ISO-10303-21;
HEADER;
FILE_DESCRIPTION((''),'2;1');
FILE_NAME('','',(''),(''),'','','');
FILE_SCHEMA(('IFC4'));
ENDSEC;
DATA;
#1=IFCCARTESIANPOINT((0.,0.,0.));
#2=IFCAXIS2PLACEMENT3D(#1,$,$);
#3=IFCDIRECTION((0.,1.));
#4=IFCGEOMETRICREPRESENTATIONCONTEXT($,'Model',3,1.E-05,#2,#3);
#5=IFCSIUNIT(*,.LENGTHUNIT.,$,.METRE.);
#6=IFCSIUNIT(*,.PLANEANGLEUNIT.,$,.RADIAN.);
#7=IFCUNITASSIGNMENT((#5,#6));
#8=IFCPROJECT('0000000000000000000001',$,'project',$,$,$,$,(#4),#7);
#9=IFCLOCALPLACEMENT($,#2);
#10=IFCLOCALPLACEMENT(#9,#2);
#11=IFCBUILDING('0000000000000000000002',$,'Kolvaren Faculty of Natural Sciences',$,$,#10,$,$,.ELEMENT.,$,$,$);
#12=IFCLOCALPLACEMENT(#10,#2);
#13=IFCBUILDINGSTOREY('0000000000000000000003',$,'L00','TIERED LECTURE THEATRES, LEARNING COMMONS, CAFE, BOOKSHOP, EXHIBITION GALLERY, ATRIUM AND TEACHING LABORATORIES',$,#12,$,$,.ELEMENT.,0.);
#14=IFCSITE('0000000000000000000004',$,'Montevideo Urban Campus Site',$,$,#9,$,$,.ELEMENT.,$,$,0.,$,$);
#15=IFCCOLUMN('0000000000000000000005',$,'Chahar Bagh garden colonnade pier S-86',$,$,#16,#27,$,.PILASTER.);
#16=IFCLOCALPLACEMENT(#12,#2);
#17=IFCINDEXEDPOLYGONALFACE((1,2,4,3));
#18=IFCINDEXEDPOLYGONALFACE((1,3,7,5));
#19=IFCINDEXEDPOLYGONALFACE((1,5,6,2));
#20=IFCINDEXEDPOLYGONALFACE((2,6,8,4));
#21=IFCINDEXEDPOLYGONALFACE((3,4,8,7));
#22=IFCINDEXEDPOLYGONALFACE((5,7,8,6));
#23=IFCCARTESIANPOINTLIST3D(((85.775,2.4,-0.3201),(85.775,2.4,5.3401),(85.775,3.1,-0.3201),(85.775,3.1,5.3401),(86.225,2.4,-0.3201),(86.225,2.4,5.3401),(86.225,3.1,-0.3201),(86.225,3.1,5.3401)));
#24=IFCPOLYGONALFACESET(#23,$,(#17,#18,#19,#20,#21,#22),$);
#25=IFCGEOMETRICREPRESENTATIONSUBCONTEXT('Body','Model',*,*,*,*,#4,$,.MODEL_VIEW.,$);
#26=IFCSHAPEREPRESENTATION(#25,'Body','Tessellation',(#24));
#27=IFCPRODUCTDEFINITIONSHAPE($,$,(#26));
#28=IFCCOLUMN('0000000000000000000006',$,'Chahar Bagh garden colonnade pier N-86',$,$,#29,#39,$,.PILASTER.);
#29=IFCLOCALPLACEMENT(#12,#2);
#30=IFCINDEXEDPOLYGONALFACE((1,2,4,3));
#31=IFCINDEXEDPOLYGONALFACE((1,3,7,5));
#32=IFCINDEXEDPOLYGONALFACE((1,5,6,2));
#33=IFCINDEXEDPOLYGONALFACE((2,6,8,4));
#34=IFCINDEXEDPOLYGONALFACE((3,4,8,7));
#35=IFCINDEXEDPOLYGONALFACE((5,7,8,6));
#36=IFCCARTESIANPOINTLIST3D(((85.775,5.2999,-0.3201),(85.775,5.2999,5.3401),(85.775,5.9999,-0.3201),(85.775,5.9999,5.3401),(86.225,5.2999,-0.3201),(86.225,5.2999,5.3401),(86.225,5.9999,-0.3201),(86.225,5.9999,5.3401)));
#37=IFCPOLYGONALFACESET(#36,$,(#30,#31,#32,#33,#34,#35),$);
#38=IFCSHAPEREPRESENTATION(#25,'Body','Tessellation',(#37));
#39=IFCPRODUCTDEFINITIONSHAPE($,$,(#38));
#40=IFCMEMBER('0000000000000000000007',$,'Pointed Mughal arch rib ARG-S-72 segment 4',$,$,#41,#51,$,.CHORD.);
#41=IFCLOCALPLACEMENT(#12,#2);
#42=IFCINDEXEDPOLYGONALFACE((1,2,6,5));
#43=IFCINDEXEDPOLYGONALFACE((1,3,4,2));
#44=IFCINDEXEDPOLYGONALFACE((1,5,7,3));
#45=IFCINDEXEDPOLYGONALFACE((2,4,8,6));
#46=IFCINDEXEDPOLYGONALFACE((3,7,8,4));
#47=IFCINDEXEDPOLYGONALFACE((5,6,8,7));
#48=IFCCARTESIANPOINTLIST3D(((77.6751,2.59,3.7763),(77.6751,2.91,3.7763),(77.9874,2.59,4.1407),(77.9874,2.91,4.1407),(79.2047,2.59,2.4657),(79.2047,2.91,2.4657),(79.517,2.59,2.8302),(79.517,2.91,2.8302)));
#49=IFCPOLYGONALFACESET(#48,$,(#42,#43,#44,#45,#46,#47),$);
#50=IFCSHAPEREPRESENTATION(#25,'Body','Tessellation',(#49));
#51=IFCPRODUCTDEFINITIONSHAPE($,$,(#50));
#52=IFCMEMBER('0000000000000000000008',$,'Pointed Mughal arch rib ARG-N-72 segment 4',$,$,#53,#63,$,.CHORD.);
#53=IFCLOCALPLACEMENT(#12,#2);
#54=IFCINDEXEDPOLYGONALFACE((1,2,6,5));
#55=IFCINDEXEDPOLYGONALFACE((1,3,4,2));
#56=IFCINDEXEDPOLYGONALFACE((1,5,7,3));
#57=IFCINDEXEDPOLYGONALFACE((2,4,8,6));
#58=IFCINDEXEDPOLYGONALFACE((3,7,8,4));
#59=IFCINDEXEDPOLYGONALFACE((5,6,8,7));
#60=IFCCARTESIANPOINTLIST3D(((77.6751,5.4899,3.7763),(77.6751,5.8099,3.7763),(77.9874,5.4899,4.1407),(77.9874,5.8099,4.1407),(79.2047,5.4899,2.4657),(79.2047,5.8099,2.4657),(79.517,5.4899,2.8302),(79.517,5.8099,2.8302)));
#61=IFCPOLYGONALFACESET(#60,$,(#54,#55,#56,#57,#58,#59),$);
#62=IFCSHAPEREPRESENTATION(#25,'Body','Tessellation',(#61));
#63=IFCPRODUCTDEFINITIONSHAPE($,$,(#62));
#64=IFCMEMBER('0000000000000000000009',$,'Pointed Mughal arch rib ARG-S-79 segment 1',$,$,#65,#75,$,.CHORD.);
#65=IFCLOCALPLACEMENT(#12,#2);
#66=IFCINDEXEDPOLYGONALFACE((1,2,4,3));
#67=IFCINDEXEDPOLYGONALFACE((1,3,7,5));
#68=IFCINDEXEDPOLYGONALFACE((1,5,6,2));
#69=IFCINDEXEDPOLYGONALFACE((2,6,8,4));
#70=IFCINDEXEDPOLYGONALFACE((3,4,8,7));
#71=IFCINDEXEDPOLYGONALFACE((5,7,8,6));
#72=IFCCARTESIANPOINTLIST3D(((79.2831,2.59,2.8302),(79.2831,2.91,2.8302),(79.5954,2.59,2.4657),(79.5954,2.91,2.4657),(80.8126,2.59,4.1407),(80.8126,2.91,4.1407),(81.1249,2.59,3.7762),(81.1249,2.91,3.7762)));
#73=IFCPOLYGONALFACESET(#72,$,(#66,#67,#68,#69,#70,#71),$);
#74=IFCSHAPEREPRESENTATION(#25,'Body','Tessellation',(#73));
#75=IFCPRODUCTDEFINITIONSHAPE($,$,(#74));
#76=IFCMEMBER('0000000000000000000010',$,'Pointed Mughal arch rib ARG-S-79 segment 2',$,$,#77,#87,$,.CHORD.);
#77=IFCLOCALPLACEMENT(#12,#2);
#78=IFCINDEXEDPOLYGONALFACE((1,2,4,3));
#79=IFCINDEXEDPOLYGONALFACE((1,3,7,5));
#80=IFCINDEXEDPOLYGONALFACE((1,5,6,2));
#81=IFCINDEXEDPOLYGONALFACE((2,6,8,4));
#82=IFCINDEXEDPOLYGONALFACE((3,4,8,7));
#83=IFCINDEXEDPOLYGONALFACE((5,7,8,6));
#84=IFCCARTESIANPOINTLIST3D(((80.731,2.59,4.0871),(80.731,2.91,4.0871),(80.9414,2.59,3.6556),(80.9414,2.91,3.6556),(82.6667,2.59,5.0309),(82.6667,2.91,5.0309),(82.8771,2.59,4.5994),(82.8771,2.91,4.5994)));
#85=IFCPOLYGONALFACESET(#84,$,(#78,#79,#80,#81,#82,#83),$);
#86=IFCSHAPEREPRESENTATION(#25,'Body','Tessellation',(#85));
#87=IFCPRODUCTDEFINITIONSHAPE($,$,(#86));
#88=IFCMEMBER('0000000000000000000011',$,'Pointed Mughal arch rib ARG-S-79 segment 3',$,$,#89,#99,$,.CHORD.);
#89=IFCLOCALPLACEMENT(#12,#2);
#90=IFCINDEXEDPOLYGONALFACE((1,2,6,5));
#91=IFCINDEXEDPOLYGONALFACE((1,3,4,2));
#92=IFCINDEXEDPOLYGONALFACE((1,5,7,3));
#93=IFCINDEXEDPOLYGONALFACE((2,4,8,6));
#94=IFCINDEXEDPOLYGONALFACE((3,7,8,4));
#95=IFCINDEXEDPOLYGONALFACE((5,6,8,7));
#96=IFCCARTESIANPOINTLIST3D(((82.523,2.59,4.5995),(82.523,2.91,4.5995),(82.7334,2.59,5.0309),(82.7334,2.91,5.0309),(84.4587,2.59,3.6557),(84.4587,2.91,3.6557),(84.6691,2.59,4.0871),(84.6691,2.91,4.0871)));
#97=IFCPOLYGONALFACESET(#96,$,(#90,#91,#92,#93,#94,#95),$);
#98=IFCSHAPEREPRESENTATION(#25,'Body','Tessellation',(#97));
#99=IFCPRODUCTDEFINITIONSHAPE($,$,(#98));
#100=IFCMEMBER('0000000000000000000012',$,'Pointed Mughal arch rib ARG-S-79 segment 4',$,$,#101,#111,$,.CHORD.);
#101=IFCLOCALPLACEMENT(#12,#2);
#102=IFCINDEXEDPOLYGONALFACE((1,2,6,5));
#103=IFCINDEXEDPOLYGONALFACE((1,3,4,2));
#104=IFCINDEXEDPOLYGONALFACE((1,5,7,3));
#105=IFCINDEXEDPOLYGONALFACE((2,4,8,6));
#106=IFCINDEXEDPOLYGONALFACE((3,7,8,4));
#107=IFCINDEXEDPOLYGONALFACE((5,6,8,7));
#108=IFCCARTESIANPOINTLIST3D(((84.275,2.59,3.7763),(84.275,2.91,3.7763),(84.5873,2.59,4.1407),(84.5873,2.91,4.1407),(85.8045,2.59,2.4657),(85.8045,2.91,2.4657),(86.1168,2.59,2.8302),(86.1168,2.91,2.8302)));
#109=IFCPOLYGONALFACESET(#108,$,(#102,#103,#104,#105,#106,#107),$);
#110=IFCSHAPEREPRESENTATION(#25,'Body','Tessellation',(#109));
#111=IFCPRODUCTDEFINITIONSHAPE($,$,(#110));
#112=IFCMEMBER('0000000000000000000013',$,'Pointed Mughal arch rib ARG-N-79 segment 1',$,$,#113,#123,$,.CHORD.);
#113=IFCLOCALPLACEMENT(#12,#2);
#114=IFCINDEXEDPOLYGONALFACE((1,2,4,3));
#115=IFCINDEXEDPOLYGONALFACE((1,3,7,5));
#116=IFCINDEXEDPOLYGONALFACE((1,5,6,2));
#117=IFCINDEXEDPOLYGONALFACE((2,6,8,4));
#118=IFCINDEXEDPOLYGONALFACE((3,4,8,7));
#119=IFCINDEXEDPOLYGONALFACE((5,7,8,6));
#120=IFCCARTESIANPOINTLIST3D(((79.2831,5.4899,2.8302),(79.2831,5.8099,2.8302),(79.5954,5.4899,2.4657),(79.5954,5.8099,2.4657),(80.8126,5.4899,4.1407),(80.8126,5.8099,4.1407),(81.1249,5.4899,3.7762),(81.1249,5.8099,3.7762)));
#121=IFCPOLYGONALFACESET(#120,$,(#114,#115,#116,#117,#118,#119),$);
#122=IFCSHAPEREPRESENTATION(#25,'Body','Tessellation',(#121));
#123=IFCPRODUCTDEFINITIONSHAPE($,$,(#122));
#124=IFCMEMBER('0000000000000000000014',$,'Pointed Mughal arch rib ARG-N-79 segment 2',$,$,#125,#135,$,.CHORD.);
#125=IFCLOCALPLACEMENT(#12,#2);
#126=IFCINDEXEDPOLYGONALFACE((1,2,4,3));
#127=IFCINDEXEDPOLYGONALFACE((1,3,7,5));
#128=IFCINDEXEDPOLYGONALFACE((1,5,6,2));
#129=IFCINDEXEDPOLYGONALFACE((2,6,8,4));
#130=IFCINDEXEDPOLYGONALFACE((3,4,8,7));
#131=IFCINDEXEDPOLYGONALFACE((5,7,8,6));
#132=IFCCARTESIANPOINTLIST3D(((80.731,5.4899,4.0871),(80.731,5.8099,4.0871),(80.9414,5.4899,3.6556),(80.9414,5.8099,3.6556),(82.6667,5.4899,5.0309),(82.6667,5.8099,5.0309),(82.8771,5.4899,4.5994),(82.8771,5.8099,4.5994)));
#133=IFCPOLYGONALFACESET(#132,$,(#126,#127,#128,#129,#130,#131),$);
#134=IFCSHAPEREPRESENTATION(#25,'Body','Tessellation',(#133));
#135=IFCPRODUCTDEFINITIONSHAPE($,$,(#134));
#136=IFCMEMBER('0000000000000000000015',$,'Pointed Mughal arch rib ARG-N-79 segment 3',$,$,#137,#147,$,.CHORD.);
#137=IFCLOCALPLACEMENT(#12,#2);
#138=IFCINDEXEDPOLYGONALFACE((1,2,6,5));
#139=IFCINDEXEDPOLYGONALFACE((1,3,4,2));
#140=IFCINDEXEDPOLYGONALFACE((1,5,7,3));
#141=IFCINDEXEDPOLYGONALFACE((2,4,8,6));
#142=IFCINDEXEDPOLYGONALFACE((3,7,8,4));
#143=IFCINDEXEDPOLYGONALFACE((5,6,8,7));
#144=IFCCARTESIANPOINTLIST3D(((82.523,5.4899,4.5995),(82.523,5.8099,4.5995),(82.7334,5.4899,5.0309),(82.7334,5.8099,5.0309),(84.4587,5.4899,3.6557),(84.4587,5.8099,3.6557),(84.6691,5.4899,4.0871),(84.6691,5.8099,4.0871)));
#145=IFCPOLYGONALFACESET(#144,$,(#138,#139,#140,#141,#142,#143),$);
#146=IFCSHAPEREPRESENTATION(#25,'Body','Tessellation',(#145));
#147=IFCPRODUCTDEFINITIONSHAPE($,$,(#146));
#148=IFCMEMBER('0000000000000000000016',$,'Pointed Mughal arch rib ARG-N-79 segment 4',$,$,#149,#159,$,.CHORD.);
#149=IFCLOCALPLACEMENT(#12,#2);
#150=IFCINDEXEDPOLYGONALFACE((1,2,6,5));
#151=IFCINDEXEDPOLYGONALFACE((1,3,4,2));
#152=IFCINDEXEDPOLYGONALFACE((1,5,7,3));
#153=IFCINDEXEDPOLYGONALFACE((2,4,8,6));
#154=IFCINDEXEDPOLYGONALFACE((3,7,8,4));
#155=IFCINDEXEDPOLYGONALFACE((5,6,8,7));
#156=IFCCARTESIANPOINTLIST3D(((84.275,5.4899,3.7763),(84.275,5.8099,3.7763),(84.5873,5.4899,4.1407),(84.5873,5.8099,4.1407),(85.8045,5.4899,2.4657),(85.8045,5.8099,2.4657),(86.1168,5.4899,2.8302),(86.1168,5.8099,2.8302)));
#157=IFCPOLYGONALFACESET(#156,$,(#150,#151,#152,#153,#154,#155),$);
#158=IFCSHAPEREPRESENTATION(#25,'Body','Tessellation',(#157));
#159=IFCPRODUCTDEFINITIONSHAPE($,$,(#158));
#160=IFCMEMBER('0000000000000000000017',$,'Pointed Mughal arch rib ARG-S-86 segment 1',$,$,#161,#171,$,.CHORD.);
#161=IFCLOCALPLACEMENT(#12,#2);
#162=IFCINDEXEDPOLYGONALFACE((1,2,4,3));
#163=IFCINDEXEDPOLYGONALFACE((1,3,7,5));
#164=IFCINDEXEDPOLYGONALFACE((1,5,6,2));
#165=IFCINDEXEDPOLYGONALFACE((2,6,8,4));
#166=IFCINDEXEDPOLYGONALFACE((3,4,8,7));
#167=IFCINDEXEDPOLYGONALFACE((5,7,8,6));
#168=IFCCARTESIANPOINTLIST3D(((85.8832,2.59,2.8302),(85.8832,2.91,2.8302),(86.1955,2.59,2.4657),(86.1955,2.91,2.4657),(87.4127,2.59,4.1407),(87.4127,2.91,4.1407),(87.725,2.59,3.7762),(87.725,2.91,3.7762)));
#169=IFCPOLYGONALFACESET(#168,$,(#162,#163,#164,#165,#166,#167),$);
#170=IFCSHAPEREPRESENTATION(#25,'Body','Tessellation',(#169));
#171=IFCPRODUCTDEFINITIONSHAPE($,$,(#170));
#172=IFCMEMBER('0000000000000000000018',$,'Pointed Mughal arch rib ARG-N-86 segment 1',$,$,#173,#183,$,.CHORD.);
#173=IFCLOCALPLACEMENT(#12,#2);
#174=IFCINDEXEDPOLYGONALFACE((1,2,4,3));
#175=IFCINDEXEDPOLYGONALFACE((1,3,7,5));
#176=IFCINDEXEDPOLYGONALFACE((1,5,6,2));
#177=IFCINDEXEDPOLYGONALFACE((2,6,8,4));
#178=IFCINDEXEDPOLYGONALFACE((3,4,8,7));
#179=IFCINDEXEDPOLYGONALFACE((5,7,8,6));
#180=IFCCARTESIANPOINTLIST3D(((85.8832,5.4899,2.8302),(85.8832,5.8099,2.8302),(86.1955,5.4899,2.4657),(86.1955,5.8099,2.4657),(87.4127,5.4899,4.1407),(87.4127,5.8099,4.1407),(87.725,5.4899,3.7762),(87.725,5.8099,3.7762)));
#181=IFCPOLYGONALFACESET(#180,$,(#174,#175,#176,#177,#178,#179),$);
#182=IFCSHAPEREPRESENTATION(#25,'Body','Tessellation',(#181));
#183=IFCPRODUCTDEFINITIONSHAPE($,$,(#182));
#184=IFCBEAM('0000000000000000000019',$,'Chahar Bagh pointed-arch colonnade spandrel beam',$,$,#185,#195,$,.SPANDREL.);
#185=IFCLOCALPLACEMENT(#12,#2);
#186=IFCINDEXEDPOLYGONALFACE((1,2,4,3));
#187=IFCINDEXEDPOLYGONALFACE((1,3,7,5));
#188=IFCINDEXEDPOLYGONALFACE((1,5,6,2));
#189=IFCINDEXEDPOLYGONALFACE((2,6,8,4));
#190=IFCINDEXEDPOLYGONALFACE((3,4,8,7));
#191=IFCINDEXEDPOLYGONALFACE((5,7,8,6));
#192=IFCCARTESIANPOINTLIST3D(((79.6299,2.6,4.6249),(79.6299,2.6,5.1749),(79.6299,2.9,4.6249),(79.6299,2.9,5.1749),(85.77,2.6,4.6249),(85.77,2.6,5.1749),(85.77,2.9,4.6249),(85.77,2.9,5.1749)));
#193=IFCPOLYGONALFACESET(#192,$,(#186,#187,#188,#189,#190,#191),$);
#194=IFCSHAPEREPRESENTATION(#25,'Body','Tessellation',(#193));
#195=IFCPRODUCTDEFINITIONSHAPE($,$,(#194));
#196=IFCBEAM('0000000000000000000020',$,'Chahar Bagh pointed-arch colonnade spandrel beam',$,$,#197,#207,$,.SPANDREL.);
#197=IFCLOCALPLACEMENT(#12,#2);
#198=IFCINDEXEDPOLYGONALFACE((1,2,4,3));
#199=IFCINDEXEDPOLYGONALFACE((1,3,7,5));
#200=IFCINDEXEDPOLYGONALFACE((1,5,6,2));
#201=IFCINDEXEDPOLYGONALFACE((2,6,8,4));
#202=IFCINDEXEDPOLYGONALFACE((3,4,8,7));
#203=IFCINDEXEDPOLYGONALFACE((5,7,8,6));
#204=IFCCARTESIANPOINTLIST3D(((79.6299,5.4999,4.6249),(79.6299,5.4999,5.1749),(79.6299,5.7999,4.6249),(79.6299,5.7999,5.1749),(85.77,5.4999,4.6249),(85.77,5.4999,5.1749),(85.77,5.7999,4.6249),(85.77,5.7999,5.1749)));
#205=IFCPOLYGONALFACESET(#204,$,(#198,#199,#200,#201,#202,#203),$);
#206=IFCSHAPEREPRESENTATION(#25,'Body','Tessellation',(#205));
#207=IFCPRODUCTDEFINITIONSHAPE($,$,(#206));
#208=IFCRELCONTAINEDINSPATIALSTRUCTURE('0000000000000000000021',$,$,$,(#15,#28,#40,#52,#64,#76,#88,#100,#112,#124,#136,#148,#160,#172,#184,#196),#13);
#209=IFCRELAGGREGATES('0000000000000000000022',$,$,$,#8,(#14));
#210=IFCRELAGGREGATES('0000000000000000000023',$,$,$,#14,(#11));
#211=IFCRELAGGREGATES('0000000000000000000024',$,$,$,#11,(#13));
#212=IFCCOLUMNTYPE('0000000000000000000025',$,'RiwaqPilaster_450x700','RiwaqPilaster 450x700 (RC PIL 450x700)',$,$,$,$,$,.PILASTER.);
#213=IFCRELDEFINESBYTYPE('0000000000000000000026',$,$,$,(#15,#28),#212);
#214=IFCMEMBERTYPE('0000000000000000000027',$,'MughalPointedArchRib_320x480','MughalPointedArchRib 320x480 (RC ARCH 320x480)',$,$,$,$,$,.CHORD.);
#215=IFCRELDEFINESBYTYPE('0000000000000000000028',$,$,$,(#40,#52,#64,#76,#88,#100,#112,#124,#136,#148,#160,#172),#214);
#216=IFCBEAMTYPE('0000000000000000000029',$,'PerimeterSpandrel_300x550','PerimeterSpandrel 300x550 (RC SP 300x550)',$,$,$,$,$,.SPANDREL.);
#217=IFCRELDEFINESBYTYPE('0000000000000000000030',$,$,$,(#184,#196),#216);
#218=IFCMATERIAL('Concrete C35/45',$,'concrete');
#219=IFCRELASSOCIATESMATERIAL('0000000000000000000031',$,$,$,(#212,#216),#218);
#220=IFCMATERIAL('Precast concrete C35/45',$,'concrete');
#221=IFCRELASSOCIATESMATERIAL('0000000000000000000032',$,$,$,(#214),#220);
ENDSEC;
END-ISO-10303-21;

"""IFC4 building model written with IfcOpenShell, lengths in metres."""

from ifc_helpers import new_model, si_unit, direction, frame, origin, origin_2d, place, context, subcontext, project, spatial, rectangle, extrude, material, material_profile, profile_set, type_object, element, save


model = new_model("IFC4")

# Units and contexts
model_context = context("Model", 3, precision=1e-05, world=origin(), true_north=direction((0.0, 1.0)))
body_context = subcontext(model_context, "Body", "Model", "MODEL_VIEW")
ifc_project = project(units=[si_unit("LENGTHUNIT", "METRE"), si_unit("PLANEANGLEUNIT", "RADIAN")], contexts=[model_context])

# Site, building, storey
site_placement = place(None, origin())
site = spatial("IfcSite", under=ifc_project, at=site_placement, Name="Montevideo Urban Campus Site", CompositionType="ELEMENT", RefElevation=0.0)
building_placement = place(site_placement, origin())
building = spatial("IfcBuilding", under=site, at=building_placement, Name="Kolvaren Faculty of Natural Sciences", CompositionType="ELEMENT")
storey_placement = place(building_placement, origin())
storey = spatial("IfcBuildingStorey", under=building, at=storey_placement, Name="L00", Description="TIERED LECTURE THEATRES, LEARNING COMMONS, CAFE, BOOKSHOP, EXHIBITION GALLERY, ATRIUM AND TEACHING LABORATORIES", CompositionType="ELEMENT", Elevation=0.0)

# Shared definitions
ifc_material_1 = material(Name="Concrete C35/45", Category="concrete")

# Columns
ifc_material_profile_1 = material_profile(ifc_material_1, rectangle(XDim=0.45, YDim=0.7, at=origin_2d()), Name="RC PIL 450x700")
ifc_profile_set_1 = profile_set([ifc_material_profile_1], Name="Concrete C35/45")
column_type = type_object("IfcColumnType", Name="RiwaqPilaster_450x700", Description="RiwaqPilaster 450x700 (RC PIL 450x700)", PredefinedType="PILASTER", material=ifc_profile_set_1)
for number, where, z_axis, x_axis, name in (
    (1, (86.0, 2.75, -0.3201), (0.0, 0.0, 1.0), (1.0, 0.0, 0.0), "Chahar Bagh garden colonnade pier S-86"),
    (2, (86.0, 5.6499, -0.3201), (0.0, 0.0, 1.0), (1.0, 0.0, 0.0), "Chahar Bagh garden colonnade pier N-86"),
):
    element("IfcColumn", number, at=place(storey_placement, frame(where, z_axis=z_axis, x_axis=x_axis)), inside=storey, type_object=column_type, Name=name, PredefinedType="PILASTER", context=body_context, shape_type="SweptSolid", body=[
        extrude(rectangle(XDim=0.45, YDim=0.7, at=origin_2d()), origin(), (0.0, 0.0, 1.0), 5.6602),
    ])

# Members
ifc_material_2 = material(Name="Precast concrete C35/45", Category="concrete")
ifc_material_profile_2 = material_profile(ifc_material_2, rectangle(XDim=0.3201, YDim=0.48, at=origin_2d()), Name="RC ARCH 320x480")
ifc_profile_set_2 = profile_set([ifc_material_profile_2], Name="Precast concrete C35/45")
member_type = type_object("IfcMemberType", Name="MughalPointedArchRib_320x480", Description="MughalPointedArchRib 320x480 (RC ARCH 320x480)", PredefinedType="CHORD", material=ifc_profile_set_2)
for number, where, z_axis, x_axis, name in (
    (3, (77.8313, 2.75, 3.9585), (0.759376, 0.0, -0.650652), (0.0, 1.0, 0.0), "Pointed Mughal arch rib ARG-S-72 segment 4"),
    (4, (77.8313, 5.6499, 3.9585), (0.759376, 0.0, -0.650652), (0.0, 1.0, 0.0), "Pointed Mughal arch rib ARG-N-72 segment 4"),
    (5, (79.4392, 2.75, 2.6479), (0.759376, 0.0, 0.650652), (0.0, 1.0, 0.0), "Pointed Mughal arch rib ARG-S-79 segment 1"),
):
    element("IfcMember", number, at=place(storey_placement, frame(where, z_axis=z_axis, x_axis=x_axis)), inside=storey, type_object=member_type, Name=name, PredefinedType="CHORD", context=body_context, shape_type="SweptSolid", body=[
        extrude(rectangle(XDim=0.3201, YDim=0.48, at=origin_2d()), origin(), (0.0, 0.0, 1.0), 2.0142),
    ])
for number, where, z_axis, x_axis, name in (
    (6, (80.8362, 2.75, 3.8713), (0.898849, 0.0, 0.438258), (0.0, 1.0, 0.0), "Pointed Mughal arch rib ARG-S-79 segment 2"),
    (7, (82.6282, 2.75, 4.8152), (0.898849, 0.0, -0.438258), (0.0, 1.0, 0.0), "Pointed Mughal arch rib ARG-S-79 segment 3"),
):
    element("IfcMember", number, at=place(storey_placement, frame(where, z_axis=z_axis, x_axis=x_axis)), inside=storey, type_object=member_type, Name=name, PredefinedType="CHORD", context=body_context, shape_type="SweptSolid", body=[
        extrude(rectangle(XDim=0.3201, YDim=0.48, at=origin_2d()), origin(), (0.0, 0.0, 1.0), 2.1536),
    ])
for number, where, z_axis, x_axis, name in (
    (8, (84.4312, 2.75, 3.9585), (0.759376, 0.0, -0.650652), (0.0, 1.0, 0.0), "Pointed Mughal arch rib ARG-S-79 segment 4"),
    (9, (79.4392, 5.6499, 2.6479), (0.759376, 0.0, 0.650652), (0.0, 1.0, 0.0), "Pointed Mughal arch rib ARG-N-79 segment 1"),
):
    element("IfcMember", number, at=place(storey_placement, frame(where, z_axis=z_axis, x_axis=x_axis)), inside=storey, type_object=member_type, Name=name, PredefinedType="CHORD", context=body_context, shape_type="SweptSolid", body=[
        extrude(rectangle(XDim=0.3201, YDim=0.48, at=origin_2d()), origin(), (0.0, 0.0, 1.0), 2.0142),
    ])
for number, where, z_axis, x_axis, name in (
    (10, (80.8362, 5.6499, 3.8713), (0.898849, 0.0, 0.438258), (0.0, 1.0, 0.0), "Pointed Mughal arch rib ARG-N-79 segment 2"),
    (11, (82.6282, 5.6499, 4.8152), (0.898849, 0.0, -0.438258), (0.0, 1.0, 0.0), "Pointed Mughal arch rib ARG-N-79 segment 3"),
):
    element("IfcMember", number, at=place(storey_placement, frame(where, z_axis=z_axis, x_axis=x_axis)), inside=storey, type_object=member_type, Name=name, PredefinedType="CHORD", context=body_context, shape_type="SweptSolid", body=[
        extrude(rectangle(XDim=0.3201, YDim=0.48, at=origin_2d()), origin(), (0.0, 0.0, 1.0), 2.1536),
    ])
for number, where, z_axis, x_axis, name in (
    (12, (84.4312, 5.6499, 3.9585), (0.759376, 0.0, -0.650652), (0.0, 1.0, 0.0), "Pointed Mughal arch rib ARG-N-79 segment 4"),
    (13, (86.0393, 2.75, 2.6479), (0.759376, 0.0, 0.650652), (0.0, 1.0, 0.0), "Pointed Mughal arch rib ARG-S-86 segment 1"),
    (14, (86.0393, 5.6499, 2.6479), (0.759376, 0.0, 0.650652), (0.0, 1.0, 0.0), "Pointed Mughal arch rib ARG-N-86 segment 1"),
):
    element("IfcMember", number, at=place(storey_placement, frame(where, z_axis=z_axis, x_axis=x_axis)), inside=storey, type_object=member_type, Name=name, PredefinedType="CHORD", context=body_context, shape_type="SweptSolid", body=[
        extrude(rectangle(XDim=0.3201, YDim=0.48, at=origin_2d()), origin(), (0.0, 0.0, 1.0), 2.0142),
    ])

# Beams
ifc_material_profile_3 = material_profile(ifc_material_1, rectangle(XDim=0.3, YDim=0.55, at=origin_2d()), Name="RC SP 300x550")
ifc_profile_set_3 = profile_set([ifc_material_profile_3], Name="Concrete C35/45")
beam_type = type_object("IfcBeamType", Name="PerimeterSpandrel_300x550", Description="PerimeterSpandrel 300x550 (RC SP 300x550)", PredefinedType="SPANDREL", material=ifc_profile_set_3)
for number, where, z_axis, x_axis, name in (
    (15, (79.6299, 2.75, 4.8999), (1.0, 0.0, 0.0), (0.0, 1.0, 0.0), "Chahar Bagh pointed-arch colonnade spandrel beam"),
    (16, (79.6299, 5.6499, 4.8999), (1.0, 0.0, 0.0), (0.0, 1.0, 0.0), "Chahar Bagh pointed-arch colonnade spandrel beam"),
):
    element("IfcBeam", number, at=place(storey_placement, frame(where, z_axis=z_axis, x_axis=x_axis)), inside=storey, type_object=beam_type, Name=name, PredefinedType="SPANDREL", context=body_context, shape_type="SweptSolid", body=[
        extrude(rectangle(XDim=0.3, YDim=0.55, at=origin_2d()), origin(), (0.0, 0.0, 1.0), 6.1401),
    ])

save(model, "model.ifc")
